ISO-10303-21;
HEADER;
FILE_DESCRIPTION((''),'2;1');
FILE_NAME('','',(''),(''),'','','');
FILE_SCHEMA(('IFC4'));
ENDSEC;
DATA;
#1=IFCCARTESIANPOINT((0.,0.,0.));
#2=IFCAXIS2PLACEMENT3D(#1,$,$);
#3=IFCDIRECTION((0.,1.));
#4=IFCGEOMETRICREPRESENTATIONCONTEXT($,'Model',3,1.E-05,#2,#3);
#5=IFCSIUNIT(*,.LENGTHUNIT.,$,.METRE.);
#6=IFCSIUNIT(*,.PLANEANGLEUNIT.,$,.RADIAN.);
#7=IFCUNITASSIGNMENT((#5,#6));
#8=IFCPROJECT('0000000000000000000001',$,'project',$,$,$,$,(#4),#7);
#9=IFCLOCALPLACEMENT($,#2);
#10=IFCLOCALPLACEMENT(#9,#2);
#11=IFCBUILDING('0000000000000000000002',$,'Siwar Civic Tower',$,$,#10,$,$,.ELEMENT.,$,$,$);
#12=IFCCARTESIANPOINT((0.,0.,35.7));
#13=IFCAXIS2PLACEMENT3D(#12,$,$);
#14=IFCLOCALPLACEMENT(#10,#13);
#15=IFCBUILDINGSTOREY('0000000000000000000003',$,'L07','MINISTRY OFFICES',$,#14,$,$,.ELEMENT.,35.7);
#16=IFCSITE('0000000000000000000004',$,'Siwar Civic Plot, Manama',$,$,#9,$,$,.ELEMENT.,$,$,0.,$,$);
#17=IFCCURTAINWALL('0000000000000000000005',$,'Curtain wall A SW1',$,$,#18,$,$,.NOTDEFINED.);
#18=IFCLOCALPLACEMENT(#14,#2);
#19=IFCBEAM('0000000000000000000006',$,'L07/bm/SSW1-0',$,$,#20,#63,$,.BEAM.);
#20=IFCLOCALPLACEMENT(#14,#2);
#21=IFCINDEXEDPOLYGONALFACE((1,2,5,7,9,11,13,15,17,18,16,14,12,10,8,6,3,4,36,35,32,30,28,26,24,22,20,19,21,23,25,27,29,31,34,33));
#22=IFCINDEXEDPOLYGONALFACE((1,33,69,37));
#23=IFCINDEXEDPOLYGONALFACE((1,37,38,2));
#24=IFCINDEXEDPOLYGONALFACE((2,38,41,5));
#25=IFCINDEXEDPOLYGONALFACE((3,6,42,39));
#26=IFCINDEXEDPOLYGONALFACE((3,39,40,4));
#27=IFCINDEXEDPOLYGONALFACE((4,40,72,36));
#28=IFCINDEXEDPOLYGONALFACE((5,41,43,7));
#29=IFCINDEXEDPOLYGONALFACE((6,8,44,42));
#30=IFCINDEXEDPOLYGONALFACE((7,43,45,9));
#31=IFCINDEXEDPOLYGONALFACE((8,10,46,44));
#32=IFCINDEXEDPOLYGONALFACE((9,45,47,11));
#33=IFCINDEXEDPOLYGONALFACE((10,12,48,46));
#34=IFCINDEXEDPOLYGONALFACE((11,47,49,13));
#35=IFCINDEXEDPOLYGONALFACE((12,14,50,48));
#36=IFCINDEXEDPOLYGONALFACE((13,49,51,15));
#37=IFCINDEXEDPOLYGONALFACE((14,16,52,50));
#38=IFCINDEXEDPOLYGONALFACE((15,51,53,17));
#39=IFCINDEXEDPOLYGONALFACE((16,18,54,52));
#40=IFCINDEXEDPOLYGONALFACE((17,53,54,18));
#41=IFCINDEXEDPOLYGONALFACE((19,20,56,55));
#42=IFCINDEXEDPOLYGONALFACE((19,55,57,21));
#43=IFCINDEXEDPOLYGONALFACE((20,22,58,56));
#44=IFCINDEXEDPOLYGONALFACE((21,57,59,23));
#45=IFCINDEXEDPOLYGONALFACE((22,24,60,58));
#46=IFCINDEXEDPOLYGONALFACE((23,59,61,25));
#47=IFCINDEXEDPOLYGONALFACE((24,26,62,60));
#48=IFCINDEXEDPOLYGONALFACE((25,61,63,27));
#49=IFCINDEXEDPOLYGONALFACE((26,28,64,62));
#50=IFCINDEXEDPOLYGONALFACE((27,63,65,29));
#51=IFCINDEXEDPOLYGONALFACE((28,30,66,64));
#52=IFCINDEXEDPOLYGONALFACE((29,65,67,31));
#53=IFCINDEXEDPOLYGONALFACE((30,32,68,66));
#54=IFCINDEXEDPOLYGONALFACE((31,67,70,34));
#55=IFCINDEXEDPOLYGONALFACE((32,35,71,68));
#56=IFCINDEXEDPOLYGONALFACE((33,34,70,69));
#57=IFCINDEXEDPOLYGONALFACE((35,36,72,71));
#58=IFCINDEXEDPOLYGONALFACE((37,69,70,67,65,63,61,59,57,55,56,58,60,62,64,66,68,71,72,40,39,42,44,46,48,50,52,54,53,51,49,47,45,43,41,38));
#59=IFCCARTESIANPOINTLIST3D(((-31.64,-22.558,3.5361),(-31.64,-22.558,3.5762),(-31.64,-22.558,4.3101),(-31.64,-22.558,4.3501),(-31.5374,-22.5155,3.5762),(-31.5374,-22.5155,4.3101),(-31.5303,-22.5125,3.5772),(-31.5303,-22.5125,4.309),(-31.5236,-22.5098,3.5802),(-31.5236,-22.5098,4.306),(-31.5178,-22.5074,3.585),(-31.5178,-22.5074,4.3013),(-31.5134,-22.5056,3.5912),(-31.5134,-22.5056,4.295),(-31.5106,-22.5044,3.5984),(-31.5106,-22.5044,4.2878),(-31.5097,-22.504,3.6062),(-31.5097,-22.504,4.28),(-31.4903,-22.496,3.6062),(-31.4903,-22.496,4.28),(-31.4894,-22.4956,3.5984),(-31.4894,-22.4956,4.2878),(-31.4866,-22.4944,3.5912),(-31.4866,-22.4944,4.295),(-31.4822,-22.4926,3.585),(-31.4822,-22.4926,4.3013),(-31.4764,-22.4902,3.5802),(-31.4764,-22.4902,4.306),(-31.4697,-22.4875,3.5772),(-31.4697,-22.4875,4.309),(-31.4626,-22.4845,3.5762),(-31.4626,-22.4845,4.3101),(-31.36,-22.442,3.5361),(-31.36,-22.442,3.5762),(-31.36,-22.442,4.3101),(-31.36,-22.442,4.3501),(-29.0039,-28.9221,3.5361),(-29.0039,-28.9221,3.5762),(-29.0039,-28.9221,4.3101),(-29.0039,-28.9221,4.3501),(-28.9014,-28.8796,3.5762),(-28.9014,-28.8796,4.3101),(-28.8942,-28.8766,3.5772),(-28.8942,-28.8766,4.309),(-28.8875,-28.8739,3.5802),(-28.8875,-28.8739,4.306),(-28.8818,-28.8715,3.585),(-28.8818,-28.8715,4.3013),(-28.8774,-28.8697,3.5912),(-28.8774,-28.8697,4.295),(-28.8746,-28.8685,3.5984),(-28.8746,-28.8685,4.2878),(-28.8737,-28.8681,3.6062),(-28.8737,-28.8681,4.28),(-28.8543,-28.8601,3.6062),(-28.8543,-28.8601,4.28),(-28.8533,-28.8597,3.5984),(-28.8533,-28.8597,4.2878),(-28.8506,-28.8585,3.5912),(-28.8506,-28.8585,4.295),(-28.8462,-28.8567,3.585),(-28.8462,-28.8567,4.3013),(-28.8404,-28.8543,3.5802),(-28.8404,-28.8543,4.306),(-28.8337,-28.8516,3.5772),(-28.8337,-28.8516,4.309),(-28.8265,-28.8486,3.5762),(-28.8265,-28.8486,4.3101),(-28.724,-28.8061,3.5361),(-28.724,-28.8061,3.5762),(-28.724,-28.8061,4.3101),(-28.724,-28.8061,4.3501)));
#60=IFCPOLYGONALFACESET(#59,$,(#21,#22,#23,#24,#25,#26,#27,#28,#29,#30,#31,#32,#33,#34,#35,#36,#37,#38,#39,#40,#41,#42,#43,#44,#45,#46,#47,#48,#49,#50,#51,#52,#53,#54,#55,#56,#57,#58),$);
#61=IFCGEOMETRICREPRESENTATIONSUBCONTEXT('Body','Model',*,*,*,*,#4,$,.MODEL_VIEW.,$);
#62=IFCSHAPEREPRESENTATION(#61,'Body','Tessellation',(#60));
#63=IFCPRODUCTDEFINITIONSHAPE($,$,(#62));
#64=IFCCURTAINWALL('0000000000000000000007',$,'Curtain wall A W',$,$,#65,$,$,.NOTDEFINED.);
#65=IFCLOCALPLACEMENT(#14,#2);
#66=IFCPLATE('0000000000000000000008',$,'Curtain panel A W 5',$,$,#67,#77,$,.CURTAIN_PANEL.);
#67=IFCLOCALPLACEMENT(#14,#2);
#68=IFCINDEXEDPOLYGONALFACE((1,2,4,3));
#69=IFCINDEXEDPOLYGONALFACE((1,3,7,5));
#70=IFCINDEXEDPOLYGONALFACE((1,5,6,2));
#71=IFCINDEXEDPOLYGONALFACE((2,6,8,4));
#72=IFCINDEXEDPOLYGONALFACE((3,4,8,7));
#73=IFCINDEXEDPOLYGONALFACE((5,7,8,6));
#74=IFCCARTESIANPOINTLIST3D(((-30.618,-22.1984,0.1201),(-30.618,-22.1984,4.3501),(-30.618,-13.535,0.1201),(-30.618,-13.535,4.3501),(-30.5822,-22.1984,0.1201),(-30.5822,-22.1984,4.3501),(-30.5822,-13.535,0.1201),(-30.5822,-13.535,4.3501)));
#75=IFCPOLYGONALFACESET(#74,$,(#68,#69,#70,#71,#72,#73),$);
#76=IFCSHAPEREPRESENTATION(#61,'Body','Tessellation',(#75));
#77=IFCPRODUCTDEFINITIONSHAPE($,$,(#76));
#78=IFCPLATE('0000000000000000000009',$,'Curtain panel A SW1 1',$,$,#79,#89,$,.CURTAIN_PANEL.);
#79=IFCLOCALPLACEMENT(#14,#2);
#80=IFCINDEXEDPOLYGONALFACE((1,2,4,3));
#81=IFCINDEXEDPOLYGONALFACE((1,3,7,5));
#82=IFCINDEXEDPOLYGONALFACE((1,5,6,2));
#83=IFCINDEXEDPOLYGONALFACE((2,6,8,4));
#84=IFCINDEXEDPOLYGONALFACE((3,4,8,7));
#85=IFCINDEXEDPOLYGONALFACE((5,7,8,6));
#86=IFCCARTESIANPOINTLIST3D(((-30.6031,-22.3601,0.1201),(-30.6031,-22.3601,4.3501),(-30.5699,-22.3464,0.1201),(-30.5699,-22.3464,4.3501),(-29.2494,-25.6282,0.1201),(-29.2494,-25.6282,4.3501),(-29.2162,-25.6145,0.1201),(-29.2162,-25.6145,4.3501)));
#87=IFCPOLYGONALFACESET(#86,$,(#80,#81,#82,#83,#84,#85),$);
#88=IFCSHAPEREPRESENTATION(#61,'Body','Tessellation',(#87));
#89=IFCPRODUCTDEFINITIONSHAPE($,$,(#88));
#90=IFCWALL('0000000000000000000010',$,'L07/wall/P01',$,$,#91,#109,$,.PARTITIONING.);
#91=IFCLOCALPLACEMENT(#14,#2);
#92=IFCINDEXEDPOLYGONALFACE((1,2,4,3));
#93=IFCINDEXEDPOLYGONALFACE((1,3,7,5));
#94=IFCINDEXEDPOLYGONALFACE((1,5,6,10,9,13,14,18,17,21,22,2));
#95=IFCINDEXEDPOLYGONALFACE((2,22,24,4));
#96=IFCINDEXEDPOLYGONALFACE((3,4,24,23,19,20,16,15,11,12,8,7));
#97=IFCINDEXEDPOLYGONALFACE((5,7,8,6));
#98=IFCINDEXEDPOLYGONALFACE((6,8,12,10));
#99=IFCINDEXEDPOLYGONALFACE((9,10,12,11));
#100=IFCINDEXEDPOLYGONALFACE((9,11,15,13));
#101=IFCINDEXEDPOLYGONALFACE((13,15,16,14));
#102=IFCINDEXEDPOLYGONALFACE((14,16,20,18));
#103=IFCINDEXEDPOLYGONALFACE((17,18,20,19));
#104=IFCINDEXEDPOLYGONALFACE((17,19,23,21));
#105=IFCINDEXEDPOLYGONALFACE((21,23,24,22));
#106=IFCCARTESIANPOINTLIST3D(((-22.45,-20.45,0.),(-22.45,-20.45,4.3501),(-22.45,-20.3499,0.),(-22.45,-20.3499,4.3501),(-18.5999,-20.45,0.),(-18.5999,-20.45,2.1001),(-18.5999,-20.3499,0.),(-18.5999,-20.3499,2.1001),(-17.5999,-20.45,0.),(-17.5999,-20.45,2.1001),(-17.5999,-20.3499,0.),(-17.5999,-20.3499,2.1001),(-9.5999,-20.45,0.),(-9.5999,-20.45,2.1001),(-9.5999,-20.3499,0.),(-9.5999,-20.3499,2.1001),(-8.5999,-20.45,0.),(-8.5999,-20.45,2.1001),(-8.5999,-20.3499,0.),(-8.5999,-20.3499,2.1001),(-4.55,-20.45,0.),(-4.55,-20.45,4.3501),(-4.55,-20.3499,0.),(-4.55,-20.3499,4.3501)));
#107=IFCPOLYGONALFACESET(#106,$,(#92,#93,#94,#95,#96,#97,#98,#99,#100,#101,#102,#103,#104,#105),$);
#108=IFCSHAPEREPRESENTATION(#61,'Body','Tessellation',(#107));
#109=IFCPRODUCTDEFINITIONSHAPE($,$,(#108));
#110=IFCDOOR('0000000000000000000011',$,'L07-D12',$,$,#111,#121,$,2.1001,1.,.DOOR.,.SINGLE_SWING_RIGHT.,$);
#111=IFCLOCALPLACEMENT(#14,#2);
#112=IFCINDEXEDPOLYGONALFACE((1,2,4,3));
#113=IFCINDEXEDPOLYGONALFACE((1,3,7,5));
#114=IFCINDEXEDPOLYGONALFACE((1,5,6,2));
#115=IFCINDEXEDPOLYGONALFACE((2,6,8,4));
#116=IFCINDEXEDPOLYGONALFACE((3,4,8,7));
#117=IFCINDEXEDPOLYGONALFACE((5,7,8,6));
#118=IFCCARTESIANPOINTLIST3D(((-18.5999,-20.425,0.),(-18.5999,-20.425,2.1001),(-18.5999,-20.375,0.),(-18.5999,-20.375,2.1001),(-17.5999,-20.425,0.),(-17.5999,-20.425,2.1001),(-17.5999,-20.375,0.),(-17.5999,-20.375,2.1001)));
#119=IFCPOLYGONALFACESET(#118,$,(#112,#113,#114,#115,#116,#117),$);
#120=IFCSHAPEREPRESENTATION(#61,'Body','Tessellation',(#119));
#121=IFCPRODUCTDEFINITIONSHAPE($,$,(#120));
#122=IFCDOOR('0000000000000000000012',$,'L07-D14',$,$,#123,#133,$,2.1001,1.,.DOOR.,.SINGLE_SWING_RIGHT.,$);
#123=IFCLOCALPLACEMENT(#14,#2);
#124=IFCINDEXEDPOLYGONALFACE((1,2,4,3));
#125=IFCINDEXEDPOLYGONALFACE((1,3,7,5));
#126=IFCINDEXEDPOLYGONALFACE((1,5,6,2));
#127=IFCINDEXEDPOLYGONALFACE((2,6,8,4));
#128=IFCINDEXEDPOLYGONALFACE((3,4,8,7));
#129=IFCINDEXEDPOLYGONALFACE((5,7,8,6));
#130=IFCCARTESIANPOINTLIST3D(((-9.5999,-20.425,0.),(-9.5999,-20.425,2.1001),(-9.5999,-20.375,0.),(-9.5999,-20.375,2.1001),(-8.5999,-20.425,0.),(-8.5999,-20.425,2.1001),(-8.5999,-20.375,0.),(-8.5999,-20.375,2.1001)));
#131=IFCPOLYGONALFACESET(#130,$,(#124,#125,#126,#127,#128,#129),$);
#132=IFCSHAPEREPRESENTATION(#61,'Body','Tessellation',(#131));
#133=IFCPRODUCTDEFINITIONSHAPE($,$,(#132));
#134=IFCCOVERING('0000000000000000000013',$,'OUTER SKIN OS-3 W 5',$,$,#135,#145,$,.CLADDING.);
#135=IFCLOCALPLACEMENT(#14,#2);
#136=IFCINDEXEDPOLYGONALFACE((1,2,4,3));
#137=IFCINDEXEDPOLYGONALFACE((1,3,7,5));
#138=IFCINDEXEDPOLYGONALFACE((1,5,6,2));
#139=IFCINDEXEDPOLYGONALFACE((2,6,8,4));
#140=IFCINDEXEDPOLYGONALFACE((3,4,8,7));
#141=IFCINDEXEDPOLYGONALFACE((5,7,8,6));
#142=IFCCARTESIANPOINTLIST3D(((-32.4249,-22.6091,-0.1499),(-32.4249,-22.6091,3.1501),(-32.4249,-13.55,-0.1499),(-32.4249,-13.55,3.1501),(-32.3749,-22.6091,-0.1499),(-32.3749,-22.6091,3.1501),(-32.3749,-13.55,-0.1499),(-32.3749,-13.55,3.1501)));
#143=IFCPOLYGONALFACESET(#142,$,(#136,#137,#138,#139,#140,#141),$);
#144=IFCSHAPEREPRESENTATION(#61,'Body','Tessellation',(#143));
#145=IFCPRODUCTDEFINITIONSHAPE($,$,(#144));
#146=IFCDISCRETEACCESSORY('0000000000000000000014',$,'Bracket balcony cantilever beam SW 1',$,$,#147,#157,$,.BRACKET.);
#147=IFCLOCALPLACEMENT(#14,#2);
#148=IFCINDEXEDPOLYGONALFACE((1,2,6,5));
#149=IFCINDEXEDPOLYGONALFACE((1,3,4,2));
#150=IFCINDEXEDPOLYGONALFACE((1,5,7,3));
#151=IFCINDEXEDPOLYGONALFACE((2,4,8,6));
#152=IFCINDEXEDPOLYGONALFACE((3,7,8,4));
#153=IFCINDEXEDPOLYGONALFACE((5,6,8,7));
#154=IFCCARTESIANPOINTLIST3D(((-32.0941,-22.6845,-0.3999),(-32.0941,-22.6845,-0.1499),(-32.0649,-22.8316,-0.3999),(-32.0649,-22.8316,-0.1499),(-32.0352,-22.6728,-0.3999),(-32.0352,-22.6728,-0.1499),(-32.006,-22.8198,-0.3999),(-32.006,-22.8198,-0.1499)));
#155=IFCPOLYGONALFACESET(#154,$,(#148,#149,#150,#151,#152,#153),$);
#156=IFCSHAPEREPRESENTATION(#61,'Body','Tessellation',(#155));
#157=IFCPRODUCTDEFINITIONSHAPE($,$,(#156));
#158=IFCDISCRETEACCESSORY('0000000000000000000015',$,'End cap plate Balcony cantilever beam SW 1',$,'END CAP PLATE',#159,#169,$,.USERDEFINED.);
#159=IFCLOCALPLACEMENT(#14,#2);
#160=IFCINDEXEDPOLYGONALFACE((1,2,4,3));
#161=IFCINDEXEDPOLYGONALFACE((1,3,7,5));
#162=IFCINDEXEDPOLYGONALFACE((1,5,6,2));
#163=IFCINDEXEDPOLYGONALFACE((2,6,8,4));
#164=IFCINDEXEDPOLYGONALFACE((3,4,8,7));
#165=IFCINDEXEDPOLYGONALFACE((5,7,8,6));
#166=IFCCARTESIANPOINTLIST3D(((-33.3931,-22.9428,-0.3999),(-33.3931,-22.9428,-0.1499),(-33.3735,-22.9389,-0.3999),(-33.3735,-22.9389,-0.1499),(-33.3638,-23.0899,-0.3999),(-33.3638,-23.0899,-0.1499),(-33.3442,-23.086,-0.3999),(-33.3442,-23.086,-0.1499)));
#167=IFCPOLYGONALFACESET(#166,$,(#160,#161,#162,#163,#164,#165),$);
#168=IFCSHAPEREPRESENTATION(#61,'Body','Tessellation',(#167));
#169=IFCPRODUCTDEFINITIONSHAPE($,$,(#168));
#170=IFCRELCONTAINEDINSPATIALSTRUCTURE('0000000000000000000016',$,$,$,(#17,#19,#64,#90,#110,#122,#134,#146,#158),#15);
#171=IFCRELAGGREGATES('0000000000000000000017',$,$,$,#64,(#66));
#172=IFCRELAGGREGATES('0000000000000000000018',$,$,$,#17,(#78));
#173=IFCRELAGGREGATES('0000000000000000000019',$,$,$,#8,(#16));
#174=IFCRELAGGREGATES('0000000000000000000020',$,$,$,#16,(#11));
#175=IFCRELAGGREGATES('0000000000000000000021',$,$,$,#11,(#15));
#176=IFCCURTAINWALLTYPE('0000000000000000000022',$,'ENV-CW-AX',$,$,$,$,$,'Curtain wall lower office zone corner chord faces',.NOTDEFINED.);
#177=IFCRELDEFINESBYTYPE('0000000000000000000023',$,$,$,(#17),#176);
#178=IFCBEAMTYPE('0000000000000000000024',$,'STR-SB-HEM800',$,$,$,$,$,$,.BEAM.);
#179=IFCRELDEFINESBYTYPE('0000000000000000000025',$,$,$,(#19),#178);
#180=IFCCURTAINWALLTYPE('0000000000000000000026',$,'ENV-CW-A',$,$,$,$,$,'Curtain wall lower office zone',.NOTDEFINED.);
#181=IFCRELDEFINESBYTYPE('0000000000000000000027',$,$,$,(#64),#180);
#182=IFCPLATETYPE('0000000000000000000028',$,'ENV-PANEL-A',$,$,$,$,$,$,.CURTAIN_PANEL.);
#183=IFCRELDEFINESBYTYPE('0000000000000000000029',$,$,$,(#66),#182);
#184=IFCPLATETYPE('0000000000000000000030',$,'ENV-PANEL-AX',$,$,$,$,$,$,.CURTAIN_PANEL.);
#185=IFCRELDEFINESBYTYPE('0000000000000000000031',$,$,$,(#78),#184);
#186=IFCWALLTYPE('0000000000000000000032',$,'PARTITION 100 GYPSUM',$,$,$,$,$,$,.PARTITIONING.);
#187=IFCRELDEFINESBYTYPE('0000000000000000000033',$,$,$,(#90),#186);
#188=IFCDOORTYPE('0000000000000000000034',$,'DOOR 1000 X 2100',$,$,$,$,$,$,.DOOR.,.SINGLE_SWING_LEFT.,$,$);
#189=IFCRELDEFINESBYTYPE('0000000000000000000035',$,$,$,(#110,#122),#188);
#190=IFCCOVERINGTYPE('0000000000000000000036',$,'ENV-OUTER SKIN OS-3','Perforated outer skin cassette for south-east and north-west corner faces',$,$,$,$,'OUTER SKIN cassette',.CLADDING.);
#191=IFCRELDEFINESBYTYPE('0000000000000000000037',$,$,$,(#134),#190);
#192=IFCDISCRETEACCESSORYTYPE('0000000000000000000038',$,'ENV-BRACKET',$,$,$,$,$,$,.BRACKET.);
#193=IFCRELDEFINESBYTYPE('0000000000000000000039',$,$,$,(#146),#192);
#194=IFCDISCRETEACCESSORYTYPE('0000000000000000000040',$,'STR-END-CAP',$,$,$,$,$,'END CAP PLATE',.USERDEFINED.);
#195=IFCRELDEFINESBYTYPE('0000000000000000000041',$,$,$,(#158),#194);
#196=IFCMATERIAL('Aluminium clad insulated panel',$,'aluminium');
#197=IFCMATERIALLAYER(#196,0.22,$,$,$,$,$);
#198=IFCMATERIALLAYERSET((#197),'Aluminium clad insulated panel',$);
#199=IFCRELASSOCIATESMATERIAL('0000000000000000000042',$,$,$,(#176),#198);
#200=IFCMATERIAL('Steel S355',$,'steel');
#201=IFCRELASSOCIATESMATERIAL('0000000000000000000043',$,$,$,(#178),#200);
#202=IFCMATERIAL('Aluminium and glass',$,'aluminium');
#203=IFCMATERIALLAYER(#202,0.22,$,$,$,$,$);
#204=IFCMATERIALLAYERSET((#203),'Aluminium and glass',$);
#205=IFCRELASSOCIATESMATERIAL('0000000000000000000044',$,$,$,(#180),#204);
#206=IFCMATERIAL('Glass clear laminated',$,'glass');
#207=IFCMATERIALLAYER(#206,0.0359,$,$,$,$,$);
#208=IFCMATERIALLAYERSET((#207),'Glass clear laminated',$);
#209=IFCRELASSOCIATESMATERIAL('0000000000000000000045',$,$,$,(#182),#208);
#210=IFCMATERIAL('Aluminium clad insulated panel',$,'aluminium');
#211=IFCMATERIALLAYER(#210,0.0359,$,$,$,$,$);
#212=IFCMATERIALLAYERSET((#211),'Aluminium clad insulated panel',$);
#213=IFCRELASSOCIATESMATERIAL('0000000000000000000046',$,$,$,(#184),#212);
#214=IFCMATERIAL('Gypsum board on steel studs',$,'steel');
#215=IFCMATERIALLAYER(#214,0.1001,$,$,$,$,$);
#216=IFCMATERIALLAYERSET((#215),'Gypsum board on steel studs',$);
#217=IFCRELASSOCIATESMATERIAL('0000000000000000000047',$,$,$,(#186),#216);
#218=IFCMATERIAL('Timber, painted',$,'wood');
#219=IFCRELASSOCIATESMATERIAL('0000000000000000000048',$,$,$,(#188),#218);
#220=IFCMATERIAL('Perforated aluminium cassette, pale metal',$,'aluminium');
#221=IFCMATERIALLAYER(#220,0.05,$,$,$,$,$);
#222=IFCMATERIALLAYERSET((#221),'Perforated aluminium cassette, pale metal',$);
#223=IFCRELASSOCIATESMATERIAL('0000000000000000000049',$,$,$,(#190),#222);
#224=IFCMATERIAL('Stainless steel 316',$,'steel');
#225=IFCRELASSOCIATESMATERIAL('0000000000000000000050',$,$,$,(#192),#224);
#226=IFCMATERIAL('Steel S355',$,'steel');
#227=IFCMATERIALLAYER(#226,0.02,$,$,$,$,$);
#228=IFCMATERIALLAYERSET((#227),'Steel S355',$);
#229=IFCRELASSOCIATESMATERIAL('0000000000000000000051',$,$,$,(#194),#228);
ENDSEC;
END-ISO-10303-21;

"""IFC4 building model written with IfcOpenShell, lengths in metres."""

from ifc_helpers import new_model, si_unit, direction, frame, frame_2d, origin, origin_2d, place, context, subcontext, project, spatial, rectangle, i_section, extrude, material, layer, layer_set, material_profile, profile_set, type_object, element, fill, aggregate, save


model = new_model("IFC4")

# Units and contexts
model_context = context("Model", 3, precision=1e-05, world=origin(), true_north=direction((0.0, 1.0)))
body_context = subcontext(model_context, "Body", "Model", "MODEL_VIEW")
ifc_project = project(units=[si_unit("LENGTHUNIT", "METRE"), si_unit("PLANEANGLEUNIT", "RADIAN")], contexts=[model_context])

# Site, building, storey
site_placement = place(None, origin())
site = spatial("IfcSite", under=ifc_project, at=site_placement, Name="Siwar Civic Plot, Manama", CompositionType="ELEMENT", RefElevation=0.0)
building_placement = place(site_placement, origin())
building = spatial("IfcBuilding", under=site, at=building_placement, Name="Siwar Civic Tower", CompositionType="ELEMENT")
storey_placement = place(building_placement, frame((0.0, 0.0, 35.7)))
storey = spatial("IfcBuildingStorey", under=building, at=storey_placement, Name="L07", Description="MINISTRY OFFICES", CompositionType="ELEMENT", Elevation=35.7)

# Curtain wall
ifc_material_1 = material(Name="Aluminium clad insulated panel", Category="aluminium")
ifc_layer_1 = layer(ifc_material_1, 0.22)
ifc_layer_set_1 = layer_set([ifc_layer_1], Name="Aluminium clad insulated panel")
curtain_wall_type_1 = type_object("IfcCurtainWallType", Name="ENV-CW-AX", ElementType="Curtain wall lower office zone corner chord faces", PredefinedType="NOTDEFINED", material=ifc_layer_set_1)
curtain_wall_1_placement = place(storey_placement, origin())
curtain_wall_1 = element("IfcCurtainWall", 1, at=curtain_wall_1_placement, inside=storey, type_object=curtain_wall_type_1, Name="Curtain wall A SW1", PredefinedType="NOTDEFINED")

# Beam
ifc_material_2 = material(Name="Steel S355", Category="steel")
ifc_material_profile_1 = material_profile(ifc_material_2, i_section(OverallWidth=0.303, OverallDepth=0.814, WebThickness=0.021, FlangeThickness=0.04, FilletRadius=0.03, at=origin_2d()), Name="HEM800")
ifc_profile_set_1 = profile_set([ifc_material_profile_1], Name="Steel S355")
beam_type_1 = type_object("IfcBeamType", Name="STR-SB-HEM800", PredefinedType="BEAM", material=ifc_profile_set_1)
beam_1_placement = place(storey_placement, frame((-31.5, -22.5, 3.9431), z_axis=(0.382674, -0.923883, 0.0), x_axis=(0.923883, 0.382674, 0.0)))
element("IfcBeam", 2, at=beam_1_placement, inside=storey, type_object=beam_type_1, Name="L07/bm/SSW1-0", PredefinedType="BEAM", context=body_context, shape_type="SweptSolid", body=[
    extrude(i_section(OverallWidth=0.303, OverallDepth=0.814, WebThickness=0.021, FlangeThickness=0.04, FilletRadius=0.03, at=origin_2d()), origin(), (0.0, 0.0, 1.0), 6.8884),
])

# Curtain wall, plate
ifc_material_3 = material(Name="Aluminium and glass", Category="aluminium")
ifc_layer_2 = layer(ifc_material_3, 0.22)
ifc_layer_set_2 = layer_set([ifc_layer_2], Name="Aluminium and glass")
curtain_wall_type_2 = type_object("IfcCurtainWallType", Name="ENV-CW-A", ElementType="Curtain wall lower office zone", PredefinedType="NOTDEFINED", material=ifc_layer_set_2)
curtain_wall_2_placement = place(storey_placement, origin())
curtain_wall_2 = element("IfcCurtainWall", 3, at=curtain_wall_2_placement, inside=storey, type_object=curtain_wall_type_2, Name="Curtain wall A W", PredefinedType="NOTDEFINED")
ifc_material_4 = material(Name="Glass clear laminated", Category="glass")
ifc_layer_3 = layer(ifc_material_4, 0.0359)
ifc_layer_set_3 = layer_set([ifc_layer_3], Name="Glass clear laminated")
plate_type_1 = type_object("IfcPlateType", Name="ENV-PANEL-A", PredefinedType="CURTAIN_PANEL", material=ifc_layer_set_3)
plate_1_placement = place(storey_placement, frame((-30.6001, -17.8667, 0.1201), z_axis=(0.0, 0.0, 1.0), x_axis=(0.0, -1.0, 0.0)))
plate_1 = element("IfcPlate", 4, at=plate_1_placement, type_object=plate_type_1, Name="Curtain panel A W 5", PredefinedType="CURTAIN_PANEL", context=body_context, shape_type="SweptSolid", body=[
    extrude(rectangle(XDim=8.6633, YDim=0.0359, at=origin_2d()), origin(), (0.0, 0.0, 1.0), 4.23),
])
aggregate(curtain_wall_2, [plate_1])

# Plate
ifc_material_5 = material(Name="Aluminium clad insulated panel", Category="aluminium")
ifc_layer_4 = layer(ifc_material_5, 0.0359)
ifc_layer_set_4 = layer_set([ifc_layer_4], Name="Aluminium clad insulated panel")
plate_type_2 = type_object("IfcPlateType", Name="ENV-PANEL-AX", PredefinedType="CURTAIN_PANEL", material=ifc_layer_set_4)
plate_2_placement = place(storey_placement, frame((-29.9097, -23.9873, 0.1201), z_axis=(0.0, 0.0, 1.0), x_axis=(0.382683, -0.92388, 0.0)))
plate_2 = element("IfcPlate", 5, at=plate_2_placement, type_object=plate_type_2, Name="Curtain panel A SW1 1", PredefinedType="CURTAIN_PANEL", context=body_context, shape_type="SweptSolid", body=[
    extrude(rectangle(XDim=3.5374, YDim=0.0359, at=origin_2d()), origin(), (0.0, 0.0, 1.0), 4.23),
])
aggregate(curtain_wall_1, [plate_2])

# Wall, openings, doors
ifc_material_6 = material(Name="Gypsum board on steel studs", Category="steel")
ifc_layer_5 = layer(ifc_material_6, 0.1001)
ifc_layer_set_5 = layer_set([ifc_layer_5], Name="Gypsum board on steel studs")
wall_type = type_object("IfcWallType", Name="PARTITION 100 GYPSUM", PredefinedType="PARTITIONING", material=ifc_layer_set_5)
wall_placement = place(storey_placement, frame((-22.45, -20.3999, 0.0), z_axis=(0.0, 0.0, 1.0), x_axis=(1.0, 0.0, 0.0)))
wall = element("IfcWall", 6, at=wall_placement, inside=storey, type_object=wall_type, Name="L07/wall/P01", PredefinedType="PARTITIONING", context=body_context, shape_type="SweptSolid", body=[
    extrude(rectangle(XDim=17.8999, YDim=0.1001, at=frame_2d((8.95, 0.0))), origin(), (0.0, 0.0, 1.0), 4.3501),
])
opening_1_placement = place(wall_placement, frame((3.8501, 0.0, 0.0)))
opening_1 = element("IfcOpeningElement", 7, at=opening_1_placement, cuts=wall, PredefinedType="OPENING", context=body_context, shape_type="SweptSolid", body=[
    extrude(rectangle(XDim=1.0, YDim=2.1001, at=frame_2d((0.5, 1.05))), frame((0.0, 0.0601, 0.0), z_axis=(0.0, -1.0, 0.0), x_axis=(1.0, 0.0, 0.0)), (0.0, 0.0, 1.0), 0.1201),
])
opening_2_placement = place(wall_placement, frame((12.8501, 0.0, 0.0)))
opening_2 = element("IfcOpeningElement", 8, at=opening_2_placement, cuts=wall, PredefinedType="OPENING", context=body_context, shape_type="SweptSolid", body=[
    extrude(rectangle(XDim=1.0, YDim=2.1001, at=frame_2d((0.5, 1.05))), frame((0.0, 0.0601, 0.0), z_axis=(0.0, -1.0, 0.0), x_axis=(1.0, 0.0, 0.0)), (0.0, 0.0, 1.0), 0.1201),
])
ifc_material_7 = material(Name="Timber, painted", Category="wood")
door_type = type_object("IfcDoorType", Name="DOOR 1000 X 2100", OperationType="SINGLE_SWING_LEFT", PredefinedType="DOOR", material=ifc_material_7)
door_1_placement = place(opening_1_placement, origin())
door_1 = element("IfcDoor", 9, at=door_1_placement, inside=storey, type_object=door_type, Name="L07-D12", OperationType="SINGLE_SWING_RIGHT", OverallHeight=2.1001, OverallWidth=1.0, PredefinedType="DOOR", context=body_context, shape_type="SweptSolid", body=[
    extrude(rectangle(XDim=1.0, YDim=2.1001, at=frame_2d((0.5, 1.05))), frame((0.0, 0.0249, 0.0), z_axis=(0.0, -1.0, 0.0), x_axis=(1.0, 0.0, 0.0)), (0.0, 0.0, 1.0), 0.05),
])
fill(opening_1, door_1)
door_2_placement = place(opening_2_placement, origin())
door_2 = element("IfcDoor", 10, at=door_2_placement, inside=storey, type_object=door_type, Name="L07-D14", OperationType="SINGLE_SWING_RIGHT", OverallHeight=2.1001, OverallWidth=1.0, PredefinedType="DOOR", context=body_context, shape_type="SweptSolid", body=[
    extrude(rectangle(XDim=1.0, YDim=2.1001, at=frame_2d((0.5, 1.05))), frame((0.0, 0.0249, 0.0), z_axis=(0.0, -1.0, 0.0), x_axis=(1.0, 0.0, 0.0)), (0.0, 0.0, 1.0), 0.05),
])
fill(opening_2, door_2)

# Covering
ifc_material_8 = material(Name="Perforated aluminium cassette, pale metal", Category="aluminium")
ifc_layer_6 = layer(ifc_material_8, 0.05)
ifc_layer_set_6 = layer_set([ifc_layer_6], Name="Perforated aluminium cassette, pale metal")
covering_type = type_object("IfcCoveringType", Name="ENV-OUTER SKIN OS-3", Description="Perforated outer skin cassette for south-east and north-west corner faces", ElementType="OUTER SKIN cassette", PredefinedType="CLADDING", material=ifc_layer_set_6)
covering_placement = place(storey_placement, frame((-32.3999, -18.0796, -0.1499), z_axis=(0.0, 0.0, 1.0), x_axis=(0.0, -1.0, 0.0)))
element("IfcCovering", 11, at=covering_placement, inside=storey, type_object=covering_type, Name="OUTER SKIN OS-3 W 5", PredefinedType="CLADDING", context=body_context, shape_type="SweptSolid", body=[
    extrude(rectangle(XDim=9.0591, YDim=0.05, at=origin_2d()), origin(), (0.0, 0.0, 1.0), 3.3),
])

# Discrete accessories
ifc_material_9 = material(Name="Stainless steel 316", Category="steel")
discrete_accessory_type_1 = type_object("IfcDiscreteAccessoryType", Name="ENV-BRACKET", PredefinedType="BRACKET", material=ifc_material_9)
discrete_accessory_1_placement = place(storey_placement, frame((-32.05, -22.7522, -0.3999), z_axis=(0.0, 0.0, 1.0), x_axis=(-0.980785, -0.19509, 0.0)))
element("IfcDiscreteAccessory", 12, at=discrete_accessory_1_placement, inside=storey, type_object=discrete_accessory_type_1, Name="Bracket balcony cantilever beam SW 1", PredefinedType="BRACKET", context=body_context, shape_type="SweptSolid", body=[
    extrude(rectangle(XDim=0.0601, YDim=0.1499, at=origin_2d()), origin(), (0.0, 0.0, 1.0), 0.25),
])
ifc_material_10 = material(Name="Steel S355", Category="steel")
ifc_layer_7 = layer(ifc_material_10, 0.02)
ifc_layer_set_7 = layer_set([ifc_layer_7], Name="Steel S355")
discrete_accessory_type_2 = type_object("IfcDiscreteAccessoryType", Name="STR-END-CAP", ElementType="END CAP PLATE", PredefinedType="USERDEFINED", material=ifc_layer_set_7)
discrete_accessory_2_placement = place(storey_placement, frame((-33.3687, -23.0144, -0.3999), z_axis=(0.0, 0.0, 1.0), x_axis=(-0.980785, -0.19509, 0.0)))
element("IfcDiscreteAccessory", 13, at=discrete_accessory_2_placement, inside=storey, type_object=discrete_accessory_type_2, Name="End cap plate Balcony cantilever beam SW 1", ObjectType="END CAP PLATE", PredefinedType="USERDEFINED", context=body_context, shape_type="SweptSolid", body=[
    extrude(rectangle(XDim=0.02, YDim=0.1499, at=origin_2d()), origin(), (0.0, 0.0, 1.0), 0.25),
])

save(model, "model.ifc")
